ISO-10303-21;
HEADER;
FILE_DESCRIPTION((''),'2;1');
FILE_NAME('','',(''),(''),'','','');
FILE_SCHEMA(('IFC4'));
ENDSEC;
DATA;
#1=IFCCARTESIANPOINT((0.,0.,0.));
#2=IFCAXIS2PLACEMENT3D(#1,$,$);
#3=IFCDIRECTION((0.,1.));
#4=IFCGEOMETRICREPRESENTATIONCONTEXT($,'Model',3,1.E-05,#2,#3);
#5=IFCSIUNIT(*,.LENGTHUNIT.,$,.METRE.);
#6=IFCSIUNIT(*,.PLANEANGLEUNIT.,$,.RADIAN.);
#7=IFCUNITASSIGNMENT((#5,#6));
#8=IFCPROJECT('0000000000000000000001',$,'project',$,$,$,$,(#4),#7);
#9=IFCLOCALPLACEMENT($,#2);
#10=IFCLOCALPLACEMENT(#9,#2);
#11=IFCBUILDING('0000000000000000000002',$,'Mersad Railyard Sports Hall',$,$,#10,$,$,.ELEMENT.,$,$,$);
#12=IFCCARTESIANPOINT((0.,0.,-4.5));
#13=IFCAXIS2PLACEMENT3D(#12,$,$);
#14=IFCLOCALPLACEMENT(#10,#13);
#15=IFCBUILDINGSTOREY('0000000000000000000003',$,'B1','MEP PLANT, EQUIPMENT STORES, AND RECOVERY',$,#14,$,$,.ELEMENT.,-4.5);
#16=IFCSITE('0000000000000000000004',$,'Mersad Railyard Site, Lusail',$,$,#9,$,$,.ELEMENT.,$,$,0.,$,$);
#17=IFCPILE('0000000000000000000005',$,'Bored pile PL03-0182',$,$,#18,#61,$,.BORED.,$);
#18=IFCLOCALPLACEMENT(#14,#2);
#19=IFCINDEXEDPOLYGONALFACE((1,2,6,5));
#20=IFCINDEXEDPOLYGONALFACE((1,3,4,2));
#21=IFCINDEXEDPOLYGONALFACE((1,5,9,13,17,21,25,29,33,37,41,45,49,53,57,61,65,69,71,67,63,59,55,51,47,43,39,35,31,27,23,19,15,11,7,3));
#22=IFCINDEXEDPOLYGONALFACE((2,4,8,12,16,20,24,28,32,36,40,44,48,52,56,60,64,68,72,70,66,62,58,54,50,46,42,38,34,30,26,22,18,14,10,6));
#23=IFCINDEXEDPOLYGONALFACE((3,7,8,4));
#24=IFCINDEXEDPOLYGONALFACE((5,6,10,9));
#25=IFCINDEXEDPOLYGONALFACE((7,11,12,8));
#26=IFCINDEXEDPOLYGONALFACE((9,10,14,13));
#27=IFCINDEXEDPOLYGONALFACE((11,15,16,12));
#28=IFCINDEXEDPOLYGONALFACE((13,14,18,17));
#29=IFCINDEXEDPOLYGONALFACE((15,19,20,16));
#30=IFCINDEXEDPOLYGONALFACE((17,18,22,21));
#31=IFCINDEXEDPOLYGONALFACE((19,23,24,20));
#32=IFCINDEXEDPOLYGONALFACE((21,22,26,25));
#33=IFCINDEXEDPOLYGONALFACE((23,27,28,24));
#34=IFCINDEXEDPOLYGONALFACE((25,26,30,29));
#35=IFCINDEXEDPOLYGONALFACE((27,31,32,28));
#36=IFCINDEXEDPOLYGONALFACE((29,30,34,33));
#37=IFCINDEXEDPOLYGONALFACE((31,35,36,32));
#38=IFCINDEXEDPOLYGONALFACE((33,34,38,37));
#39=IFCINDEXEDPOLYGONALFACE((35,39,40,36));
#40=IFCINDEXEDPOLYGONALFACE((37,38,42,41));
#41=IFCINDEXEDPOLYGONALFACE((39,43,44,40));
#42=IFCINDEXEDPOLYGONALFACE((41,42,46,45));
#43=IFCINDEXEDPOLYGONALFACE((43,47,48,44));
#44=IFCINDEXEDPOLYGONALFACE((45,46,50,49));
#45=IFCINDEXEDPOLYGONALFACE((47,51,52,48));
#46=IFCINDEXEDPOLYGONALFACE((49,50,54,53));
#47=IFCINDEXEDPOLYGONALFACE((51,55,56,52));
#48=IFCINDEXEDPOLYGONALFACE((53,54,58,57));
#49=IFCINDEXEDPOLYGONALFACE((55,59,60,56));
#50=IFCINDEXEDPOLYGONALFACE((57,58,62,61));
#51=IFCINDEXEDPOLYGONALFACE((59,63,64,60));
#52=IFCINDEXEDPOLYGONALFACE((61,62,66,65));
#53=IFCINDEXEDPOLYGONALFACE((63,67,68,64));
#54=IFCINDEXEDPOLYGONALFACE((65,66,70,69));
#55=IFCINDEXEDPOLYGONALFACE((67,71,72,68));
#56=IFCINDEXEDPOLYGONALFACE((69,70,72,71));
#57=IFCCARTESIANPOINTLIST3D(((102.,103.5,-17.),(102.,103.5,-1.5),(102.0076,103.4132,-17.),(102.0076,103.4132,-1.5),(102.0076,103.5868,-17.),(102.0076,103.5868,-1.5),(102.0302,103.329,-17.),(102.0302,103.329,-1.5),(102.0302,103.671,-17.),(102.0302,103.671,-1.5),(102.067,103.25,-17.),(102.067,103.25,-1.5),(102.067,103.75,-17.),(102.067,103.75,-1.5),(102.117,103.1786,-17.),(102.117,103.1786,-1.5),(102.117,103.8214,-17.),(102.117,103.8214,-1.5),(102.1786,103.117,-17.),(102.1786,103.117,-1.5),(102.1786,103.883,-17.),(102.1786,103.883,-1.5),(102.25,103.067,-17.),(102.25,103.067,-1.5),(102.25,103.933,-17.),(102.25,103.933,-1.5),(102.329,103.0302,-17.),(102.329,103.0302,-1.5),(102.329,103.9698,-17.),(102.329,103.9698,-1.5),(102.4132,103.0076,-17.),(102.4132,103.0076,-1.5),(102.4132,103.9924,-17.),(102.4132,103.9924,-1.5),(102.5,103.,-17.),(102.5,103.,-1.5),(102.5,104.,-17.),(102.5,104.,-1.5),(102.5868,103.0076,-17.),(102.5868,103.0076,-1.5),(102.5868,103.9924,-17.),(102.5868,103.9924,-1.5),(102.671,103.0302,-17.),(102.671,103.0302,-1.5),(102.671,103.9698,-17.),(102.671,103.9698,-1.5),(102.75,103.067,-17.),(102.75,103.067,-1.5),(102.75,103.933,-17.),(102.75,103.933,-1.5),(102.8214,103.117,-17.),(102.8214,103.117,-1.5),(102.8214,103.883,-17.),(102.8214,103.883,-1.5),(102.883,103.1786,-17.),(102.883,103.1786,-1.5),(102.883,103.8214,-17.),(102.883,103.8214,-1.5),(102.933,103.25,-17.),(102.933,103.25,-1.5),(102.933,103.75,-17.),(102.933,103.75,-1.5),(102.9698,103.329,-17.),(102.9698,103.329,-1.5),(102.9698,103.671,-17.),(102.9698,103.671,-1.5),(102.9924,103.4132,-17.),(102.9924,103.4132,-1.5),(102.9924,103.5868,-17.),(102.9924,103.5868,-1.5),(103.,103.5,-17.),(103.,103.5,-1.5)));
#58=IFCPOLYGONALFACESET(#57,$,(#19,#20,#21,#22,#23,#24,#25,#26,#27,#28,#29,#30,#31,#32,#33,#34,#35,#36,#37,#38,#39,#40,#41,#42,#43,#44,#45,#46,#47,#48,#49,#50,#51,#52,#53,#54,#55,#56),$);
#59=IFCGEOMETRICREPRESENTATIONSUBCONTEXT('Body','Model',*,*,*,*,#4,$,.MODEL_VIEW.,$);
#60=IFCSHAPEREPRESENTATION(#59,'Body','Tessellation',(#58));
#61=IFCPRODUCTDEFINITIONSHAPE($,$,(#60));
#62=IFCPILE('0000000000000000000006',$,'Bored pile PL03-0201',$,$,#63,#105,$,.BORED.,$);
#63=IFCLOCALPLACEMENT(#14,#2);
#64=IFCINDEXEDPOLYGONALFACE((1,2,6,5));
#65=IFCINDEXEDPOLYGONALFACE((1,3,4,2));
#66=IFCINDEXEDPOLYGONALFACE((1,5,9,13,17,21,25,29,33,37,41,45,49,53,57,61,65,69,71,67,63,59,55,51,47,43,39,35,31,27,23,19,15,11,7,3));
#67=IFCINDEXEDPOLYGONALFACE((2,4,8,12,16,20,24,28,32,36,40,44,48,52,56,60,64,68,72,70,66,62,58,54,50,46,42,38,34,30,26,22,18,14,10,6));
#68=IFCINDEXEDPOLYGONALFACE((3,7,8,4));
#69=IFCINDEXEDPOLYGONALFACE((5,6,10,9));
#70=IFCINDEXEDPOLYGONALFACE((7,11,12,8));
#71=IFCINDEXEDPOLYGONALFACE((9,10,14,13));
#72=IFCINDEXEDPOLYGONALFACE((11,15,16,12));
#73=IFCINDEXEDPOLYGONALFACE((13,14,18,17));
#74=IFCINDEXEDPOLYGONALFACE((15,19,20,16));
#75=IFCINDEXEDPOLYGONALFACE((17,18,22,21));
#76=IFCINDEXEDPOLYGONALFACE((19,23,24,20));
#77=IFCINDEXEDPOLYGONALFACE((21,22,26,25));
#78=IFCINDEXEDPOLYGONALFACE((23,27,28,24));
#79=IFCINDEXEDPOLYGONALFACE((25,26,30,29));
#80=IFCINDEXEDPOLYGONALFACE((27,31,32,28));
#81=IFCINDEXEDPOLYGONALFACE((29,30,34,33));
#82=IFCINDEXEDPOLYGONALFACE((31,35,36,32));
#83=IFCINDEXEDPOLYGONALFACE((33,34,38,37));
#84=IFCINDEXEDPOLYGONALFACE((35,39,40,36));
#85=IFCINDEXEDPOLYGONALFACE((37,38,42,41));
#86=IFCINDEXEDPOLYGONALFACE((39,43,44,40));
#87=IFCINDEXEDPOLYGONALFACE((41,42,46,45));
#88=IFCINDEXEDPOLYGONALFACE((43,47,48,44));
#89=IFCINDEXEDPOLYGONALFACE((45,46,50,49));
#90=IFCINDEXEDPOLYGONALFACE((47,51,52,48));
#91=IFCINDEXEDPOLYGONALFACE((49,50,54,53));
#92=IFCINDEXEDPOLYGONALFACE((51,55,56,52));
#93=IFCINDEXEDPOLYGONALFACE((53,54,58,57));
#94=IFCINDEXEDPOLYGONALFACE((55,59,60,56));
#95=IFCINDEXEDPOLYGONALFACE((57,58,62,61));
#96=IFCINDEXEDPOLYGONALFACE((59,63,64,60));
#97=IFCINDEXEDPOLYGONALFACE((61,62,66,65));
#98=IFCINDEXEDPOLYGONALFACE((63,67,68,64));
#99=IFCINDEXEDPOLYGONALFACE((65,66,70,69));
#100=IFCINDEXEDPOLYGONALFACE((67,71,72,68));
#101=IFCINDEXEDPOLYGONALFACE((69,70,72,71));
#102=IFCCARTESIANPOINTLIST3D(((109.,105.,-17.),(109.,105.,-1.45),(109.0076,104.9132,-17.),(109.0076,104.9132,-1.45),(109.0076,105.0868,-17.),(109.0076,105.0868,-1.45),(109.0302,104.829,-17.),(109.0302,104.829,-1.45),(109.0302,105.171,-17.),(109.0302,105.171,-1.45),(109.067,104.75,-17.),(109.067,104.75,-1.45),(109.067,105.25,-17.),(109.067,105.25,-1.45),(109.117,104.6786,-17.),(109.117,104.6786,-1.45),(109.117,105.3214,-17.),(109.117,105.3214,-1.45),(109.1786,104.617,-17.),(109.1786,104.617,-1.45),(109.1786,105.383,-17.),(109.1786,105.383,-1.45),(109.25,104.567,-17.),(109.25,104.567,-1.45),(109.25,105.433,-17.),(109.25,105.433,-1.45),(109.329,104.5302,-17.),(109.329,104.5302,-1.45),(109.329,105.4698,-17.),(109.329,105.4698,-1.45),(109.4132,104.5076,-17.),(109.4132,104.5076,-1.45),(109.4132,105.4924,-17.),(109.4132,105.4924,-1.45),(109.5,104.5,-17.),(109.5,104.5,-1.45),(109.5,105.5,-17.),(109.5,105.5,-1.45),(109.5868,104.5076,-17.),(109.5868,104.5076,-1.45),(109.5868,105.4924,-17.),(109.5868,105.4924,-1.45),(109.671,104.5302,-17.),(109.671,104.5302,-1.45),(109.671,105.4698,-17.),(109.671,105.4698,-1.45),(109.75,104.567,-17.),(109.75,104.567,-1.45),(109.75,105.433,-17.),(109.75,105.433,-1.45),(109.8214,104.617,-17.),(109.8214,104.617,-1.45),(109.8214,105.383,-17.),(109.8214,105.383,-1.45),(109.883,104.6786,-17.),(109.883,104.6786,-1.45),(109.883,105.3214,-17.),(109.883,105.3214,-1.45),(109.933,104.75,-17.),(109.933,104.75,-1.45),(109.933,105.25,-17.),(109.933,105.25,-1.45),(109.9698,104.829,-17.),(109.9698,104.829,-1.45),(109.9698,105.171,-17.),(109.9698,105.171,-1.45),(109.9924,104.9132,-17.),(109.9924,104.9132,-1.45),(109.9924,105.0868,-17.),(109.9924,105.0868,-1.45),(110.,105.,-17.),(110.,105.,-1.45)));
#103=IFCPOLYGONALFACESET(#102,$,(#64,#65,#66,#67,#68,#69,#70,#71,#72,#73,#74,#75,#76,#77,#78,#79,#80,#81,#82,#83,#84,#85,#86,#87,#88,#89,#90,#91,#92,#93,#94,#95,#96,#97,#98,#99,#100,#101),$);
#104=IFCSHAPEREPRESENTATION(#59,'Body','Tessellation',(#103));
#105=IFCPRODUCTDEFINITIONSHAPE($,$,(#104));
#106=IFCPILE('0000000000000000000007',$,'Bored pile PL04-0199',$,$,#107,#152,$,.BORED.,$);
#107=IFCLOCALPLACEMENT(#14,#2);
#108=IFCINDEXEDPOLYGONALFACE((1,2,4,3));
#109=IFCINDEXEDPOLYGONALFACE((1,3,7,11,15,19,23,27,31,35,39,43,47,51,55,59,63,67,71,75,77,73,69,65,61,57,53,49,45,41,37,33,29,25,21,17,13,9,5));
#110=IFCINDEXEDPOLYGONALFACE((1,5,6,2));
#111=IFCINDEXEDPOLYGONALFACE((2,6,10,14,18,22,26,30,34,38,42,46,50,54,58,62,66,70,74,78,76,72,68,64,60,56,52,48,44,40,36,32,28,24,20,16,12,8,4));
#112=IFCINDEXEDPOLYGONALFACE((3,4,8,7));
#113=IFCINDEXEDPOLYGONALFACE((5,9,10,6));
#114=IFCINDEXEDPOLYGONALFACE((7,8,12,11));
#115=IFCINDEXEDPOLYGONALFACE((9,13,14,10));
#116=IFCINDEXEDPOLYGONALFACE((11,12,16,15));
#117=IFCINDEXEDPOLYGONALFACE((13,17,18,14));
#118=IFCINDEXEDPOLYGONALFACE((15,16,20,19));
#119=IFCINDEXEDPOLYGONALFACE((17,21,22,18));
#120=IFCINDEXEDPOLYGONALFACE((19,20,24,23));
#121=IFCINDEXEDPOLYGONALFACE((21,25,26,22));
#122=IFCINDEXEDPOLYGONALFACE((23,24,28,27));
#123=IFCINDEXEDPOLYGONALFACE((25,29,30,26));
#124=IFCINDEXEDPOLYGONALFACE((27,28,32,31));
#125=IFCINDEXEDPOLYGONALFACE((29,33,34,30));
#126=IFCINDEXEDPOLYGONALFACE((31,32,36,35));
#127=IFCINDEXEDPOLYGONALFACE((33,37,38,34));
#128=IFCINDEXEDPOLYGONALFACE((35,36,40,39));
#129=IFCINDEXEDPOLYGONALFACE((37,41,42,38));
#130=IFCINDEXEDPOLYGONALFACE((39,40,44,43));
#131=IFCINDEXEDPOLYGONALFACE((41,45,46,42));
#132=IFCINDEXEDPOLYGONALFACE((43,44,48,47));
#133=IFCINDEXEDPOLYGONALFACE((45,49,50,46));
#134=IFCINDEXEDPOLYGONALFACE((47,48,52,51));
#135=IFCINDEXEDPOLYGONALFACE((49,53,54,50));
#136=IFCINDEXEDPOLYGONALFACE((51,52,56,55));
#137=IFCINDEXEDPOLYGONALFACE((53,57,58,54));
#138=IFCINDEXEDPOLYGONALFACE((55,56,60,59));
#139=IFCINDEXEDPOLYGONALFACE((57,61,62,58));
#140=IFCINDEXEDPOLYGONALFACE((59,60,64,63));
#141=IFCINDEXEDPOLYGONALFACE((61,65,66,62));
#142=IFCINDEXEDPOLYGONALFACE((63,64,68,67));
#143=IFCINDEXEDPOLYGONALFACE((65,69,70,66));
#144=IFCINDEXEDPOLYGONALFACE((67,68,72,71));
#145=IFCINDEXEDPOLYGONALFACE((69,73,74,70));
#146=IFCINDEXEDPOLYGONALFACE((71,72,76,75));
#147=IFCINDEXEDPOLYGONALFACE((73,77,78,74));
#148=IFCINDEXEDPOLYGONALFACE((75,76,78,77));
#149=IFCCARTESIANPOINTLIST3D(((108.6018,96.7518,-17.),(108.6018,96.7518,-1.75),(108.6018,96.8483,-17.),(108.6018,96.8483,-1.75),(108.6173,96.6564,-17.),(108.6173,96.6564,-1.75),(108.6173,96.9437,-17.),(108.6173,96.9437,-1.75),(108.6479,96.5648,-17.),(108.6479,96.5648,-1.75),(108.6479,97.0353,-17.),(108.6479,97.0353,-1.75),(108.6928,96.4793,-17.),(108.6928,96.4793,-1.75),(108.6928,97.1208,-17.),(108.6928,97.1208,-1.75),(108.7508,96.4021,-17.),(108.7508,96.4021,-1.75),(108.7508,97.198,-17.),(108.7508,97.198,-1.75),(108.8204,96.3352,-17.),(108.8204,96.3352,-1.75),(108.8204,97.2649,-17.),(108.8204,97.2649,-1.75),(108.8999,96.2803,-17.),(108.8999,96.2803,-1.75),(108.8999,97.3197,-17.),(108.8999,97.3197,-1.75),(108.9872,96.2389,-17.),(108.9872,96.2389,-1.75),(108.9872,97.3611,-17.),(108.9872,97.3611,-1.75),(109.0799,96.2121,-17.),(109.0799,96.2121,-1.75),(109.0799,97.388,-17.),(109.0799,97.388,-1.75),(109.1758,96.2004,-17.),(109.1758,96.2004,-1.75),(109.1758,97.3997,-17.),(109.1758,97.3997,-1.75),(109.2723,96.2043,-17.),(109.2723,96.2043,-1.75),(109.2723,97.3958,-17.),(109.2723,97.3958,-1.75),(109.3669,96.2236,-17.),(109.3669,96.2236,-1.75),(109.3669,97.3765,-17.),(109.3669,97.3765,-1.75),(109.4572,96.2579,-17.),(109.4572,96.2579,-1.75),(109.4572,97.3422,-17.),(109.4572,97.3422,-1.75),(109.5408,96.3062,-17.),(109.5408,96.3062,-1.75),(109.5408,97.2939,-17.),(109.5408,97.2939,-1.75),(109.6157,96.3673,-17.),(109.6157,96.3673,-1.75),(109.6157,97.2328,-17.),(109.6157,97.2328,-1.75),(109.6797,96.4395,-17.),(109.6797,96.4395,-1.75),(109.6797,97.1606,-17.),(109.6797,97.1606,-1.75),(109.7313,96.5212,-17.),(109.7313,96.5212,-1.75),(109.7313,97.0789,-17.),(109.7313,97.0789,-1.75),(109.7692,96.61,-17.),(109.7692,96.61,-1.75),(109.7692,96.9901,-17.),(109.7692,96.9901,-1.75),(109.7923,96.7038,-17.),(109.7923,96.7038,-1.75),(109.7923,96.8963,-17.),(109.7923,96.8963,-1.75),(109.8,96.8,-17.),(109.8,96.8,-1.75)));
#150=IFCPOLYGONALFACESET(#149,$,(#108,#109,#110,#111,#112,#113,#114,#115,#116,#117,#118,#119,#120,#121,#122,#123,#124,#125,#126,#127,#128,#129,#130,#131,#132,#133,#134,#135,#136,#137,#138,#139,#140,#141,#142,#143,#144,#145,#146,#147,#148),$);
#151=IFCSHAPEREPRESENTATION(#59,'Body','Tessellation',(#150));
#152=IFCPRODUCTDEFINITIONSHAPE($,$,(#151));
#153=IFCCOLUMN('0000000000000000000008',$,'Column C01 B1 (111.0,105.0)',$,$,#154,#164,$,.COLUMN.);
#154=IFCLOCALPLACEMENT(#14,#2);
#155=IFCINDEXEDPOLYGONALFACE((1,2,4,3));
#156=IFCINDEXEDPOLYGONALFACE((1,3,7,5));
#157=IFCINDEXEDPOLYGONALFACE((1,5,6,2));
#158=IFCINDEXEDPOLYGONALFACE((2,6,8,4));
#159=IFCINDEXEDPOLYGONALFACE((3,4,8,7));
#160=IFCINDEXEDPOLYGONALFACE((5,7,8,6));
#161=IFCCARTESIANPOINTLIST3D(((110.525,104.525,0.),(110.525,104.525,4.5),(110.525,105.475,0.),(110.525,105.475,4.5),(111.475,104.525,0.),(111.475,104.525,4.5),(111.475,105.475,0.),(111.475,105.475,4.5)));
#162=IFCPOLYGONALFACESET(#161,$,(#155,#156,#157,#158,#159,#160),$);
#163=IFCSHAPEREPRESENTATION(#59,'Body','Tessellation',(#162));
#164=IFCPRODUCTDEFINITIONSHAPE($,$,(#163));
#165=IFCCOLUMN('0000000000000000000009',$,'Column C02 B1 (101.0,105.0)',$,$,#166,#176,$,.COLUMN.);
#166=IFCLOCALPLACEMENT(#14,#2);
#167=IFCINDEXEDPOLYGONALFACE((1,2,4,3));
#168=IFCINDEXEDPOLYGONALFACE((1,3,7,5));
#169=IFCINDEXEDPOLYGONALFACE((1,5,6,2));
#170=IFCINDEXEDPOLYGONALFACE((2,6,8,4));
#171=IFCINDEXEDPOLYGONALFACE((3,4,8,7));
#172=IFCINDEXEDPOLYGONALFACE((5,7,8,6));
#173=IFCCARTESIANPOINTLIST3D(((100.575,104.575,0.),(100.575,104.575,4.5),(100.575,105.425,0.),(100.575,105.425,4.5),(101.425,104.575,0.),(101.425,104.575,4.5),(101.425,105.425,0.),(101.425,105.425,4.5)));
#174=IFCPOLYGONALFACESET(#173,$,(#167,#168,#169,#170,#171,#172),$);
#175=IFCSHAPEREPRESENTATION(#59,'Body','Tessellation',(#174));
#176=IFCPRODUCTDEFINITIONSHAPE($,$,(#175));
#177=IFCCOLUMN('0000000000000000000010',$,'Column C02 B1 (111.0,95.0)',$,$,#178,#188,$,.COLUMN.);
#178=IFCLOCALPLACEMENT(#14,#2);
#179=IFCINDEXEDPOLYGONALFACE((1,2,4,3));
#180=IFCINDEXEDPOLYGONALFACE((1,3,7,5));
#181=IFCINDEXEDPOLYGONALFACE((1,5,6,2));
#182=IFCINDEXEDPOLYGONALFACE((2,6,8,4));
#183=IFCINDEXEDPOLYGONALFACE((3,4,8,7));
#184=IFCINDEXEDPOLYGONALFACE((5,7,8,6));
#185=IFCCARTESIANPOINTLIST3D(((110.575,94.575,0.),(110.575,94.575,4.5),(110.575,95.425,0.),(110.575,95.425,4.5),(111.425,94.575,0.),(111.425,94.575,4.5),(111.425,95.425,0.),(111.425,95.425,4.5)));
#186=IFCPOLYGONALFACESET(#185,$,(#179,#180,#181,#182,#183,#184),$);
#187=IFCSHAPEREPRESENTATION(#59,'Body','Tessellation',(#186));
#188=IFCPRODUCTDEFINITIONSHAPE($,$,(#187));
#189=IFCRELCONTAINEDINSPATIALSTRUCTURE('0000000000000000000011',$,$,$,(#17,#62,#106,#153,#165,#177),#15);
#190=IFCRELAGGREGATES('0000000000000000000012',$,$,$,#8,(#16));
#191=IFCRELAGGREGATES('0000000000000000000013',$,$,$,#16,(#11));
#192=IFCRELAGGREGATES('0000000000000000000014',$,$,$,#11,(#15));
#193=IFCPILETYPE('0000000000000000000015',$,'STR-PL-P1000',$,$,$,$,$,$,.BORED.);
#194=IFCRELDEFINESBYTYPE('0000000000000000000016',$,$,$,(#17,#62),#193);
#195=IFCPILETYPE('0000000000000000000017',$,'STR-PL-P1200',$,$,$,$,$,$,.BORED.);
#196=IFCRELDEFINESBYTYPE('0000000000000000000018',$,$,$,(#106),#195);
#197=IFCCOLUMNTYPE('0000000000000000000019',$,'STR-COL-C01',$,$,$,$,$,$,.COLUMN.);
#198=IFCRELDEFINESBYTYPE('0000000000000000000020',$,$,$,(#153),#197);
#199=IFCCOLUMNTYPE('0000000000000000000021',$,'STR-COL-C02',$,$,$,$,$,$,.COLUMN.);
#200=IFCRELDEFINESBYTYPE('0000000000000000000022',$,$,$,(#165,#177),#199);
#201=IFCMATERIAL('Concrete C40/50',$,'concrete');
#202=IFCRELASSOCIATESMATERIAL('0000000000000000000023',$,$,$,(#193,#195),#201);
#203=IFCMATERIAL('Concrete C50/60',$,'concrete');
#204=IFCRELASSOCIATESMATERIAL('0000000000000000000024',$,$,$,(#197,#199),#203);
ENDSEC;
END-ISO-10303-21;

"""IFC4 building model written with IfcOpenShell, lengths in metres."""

from ifc_helpers import new_model, si_unit, direction, frame, origin, origin_2d, place, context, subcontext, project, spatial, rectangle, circle, extrude, material, material_profile, profile_set, type_object, element, save


model = new_model("IFC4")

# Units and contexts
model_context = context("Model", 3, precision=1e-05, world=origin(), true_north=direction((0.0, 1.0)))
body_context = subcontext(model_context, "Body", "Model", "MODEL_VIEW")
ifc_project = project(units=[si_unit("LENGTHUNIT", "METRE"), si_unit("PLANEANGLEUNIT", "RADIAN")], contexts=[model_context])

# Site, building, storey
site_placement = place(None, origin())
site = spatial("IfcSite", under=ifc_project, at=site_placement, Name="Mersad Railyard Site, Lusail", CompositionType="ELEMENT", RefElevation=0.0)
building_placement = place(site_placement, origin())
building = spatial("IfcBuilding", under=site, at=building_placement, Name="Mersad Railyard Sports Hall", CompositionType="ELEMENT")
storey_placement = place(building_placement, frame((0.0, 0.0, -4.5)))
storey = spatial("IfcBuildingStorey", under=building, at=storey_placement, Name="B1", Description="MEP PLANT, EQUIPMENT STORES, AND RECOVERY", CompositionType="ELEMENT", Elevation=-4.5)

# Shared definitions
ifc_material_1 = material(Name="Concrete C40/50", Category="concrete")

# Piles
ifc_material_profile_1 = material_profile(ifc_material_1, circle(Radius=0.5, at=origin_2d()), Name="BORED PILE D1000")
ifc_profile_set_1 = profile_set([ifc_material_profile_1], Name="Concrete C40/50")
pile_type_1 = type_object("IfcPileType", Name="STR-PL-P1000", PredefinedType="BORED", material=ifc_profile_set_1)
for number, where, z_axis, x_axis, name in (
    (1, (102.5, 103.5, -1.5), (0.0, 0.0, -1.0), (1.0, 0.0, 0.0), "Bored pile PL03-0182"),
):
    element("IfcPile", number, at=place(storey_placement, frame(where, z_axis=z_axis, x_axis=x_axis)), inside=storey, type_object=pile_type_1, Name=name, PredefinedType="BORED", context=body_context, shape_type="SweptSolid", body=[
        extrude(circle(Radius=0.5, at=origin_2d()), origin(), (0.0, 0.0, 1.0), 15.5),
    ])
pile_1_placement = place(storey_placement, frame((109.5, 105.0, -1.45), z_axis=(0.0, 0.0, -1.0), x_axis=(1.0, 0.0, 0.0)))
element("IfcPile", 2, at=pile_1_placement, inside=storey, type_object=pile_type_1, Name="Bored pile PL03-0201", PredefinedType="BORED", context=body_context, shape_type="SweptSolid", body=[
    extrude(circle(Radius=0.5, at=origin_2d()), origin(), (0.0, 0.0, 1.0), 15.55),
])
ifc_material_profile_2 = material_profile(ifc_material_1, circle(Radius=0.6001, at=origin_2d()), Name="BORED PILE D1200")
ifc_profile_set_2 = profile_set([ifc_material_profile_2], Name="Concrete C40/50")
pile_type_2 = type_object("IfcPileType", Name="STR-PL-P1200", PredefinedType="BORED", material=ifc_profile_set_2)
pile_2_placement = place(storey_placement, frame((109.2, 96.8, -1.75), z_axis=(0.0, 0.0, -1.0), x_axis=(1.0, 0.0, 0.0)))
element("IfcPile", 3, at=pile_2_placement, inside=storey, type_object=pile_type_2, Name="Bored pile PL04-0199", PredefinedType="BORED", context=body_context, shape_type="SweptSolid", body=[
    extrude(circle(Radius=0.6001, at=origin_2d()), origin(), (0.0, 0.0, 1.0), 15.25),
])

# Columns
ifc_material_2 = material(Name="Concrete C50/60", Category="concrete")
ifc_material_profile_3 = material_profile(ifc_material_2, rectangle(XDim=0.95, YDim=0.95, at=origin_2d()), Name="RC 950x950")
ifc_profile_set_3 = profile_set([ifc_material_profile_3], Name="Concrete C50/60")
column_type_1 = type_object("IfcColumnType", Name="STR-COL-C01", PredefinedType="COLUMN", material=ifc_profile_set_3)
column_placement = place(storey_placement, frame((111.0, 105.0, 0.0), z_axis=(0.0, 0.0, 1.0), x_axis=(1.0, 0.0, 0.0)))
element("IfcColumn", 4, at=column_placement, inside=storey, type_object=column_type_1, Name="Column C01 B1 (111.0,105.0)", PredefinedType="COLUMN", context=body_context, shape_type="SweptSolid", body=[
    extrude(rectangle(XDim=0.95, YDim=0.95, at=origin_2d()), origin(), (0.0, 0.0, 1.0), 4.5),
])
ifc_material_profile_4 = material_profile(ifc_material_2, rectangle(XDim=0.8501, YDim=0.8501, at=origin_2d()), Name="RC 850x850")
ifc_profile_set_4 = profile_set([ifc_material_profile_4], Name="Concrete C50/60")
column_type_2 = type_object("IfcColumnType", Name="STR-COL-C02", PredefinedType="COLUMN", material=ifc_profile_set_4)
for number, where, z_axis, x_axis, name in (
    (5, (101.0, 105.0, 0.0), (0.0, 0.0, 1.0), (1.0, 0.0, 0.0), "Column C02 B1 (101.0,105.0)"),
    (6, (111.0, 95.0, 0.0), (0.0, 0.0, 1.0), (1.0, 0.0, 0.0), "Column C02 B1 (111.0,95.0)"),
):
    element("IfcColumn", number, at=place(storey_placement, frame(where, z_axis=z_axis, x_axis=x_axis)), inside=storey, type_object=column_type_2, Name=name, PredefinedType="COLUMN", context=body_context, shape_type="SweptSolid", body=[
        extrude(rectangle(XDim=0.8501, YDim=0.8501, at=origin_2d()), origin(), (0.0, 0.0, 1.0), 4.5),
    ])

save(model, "model.ifc")
